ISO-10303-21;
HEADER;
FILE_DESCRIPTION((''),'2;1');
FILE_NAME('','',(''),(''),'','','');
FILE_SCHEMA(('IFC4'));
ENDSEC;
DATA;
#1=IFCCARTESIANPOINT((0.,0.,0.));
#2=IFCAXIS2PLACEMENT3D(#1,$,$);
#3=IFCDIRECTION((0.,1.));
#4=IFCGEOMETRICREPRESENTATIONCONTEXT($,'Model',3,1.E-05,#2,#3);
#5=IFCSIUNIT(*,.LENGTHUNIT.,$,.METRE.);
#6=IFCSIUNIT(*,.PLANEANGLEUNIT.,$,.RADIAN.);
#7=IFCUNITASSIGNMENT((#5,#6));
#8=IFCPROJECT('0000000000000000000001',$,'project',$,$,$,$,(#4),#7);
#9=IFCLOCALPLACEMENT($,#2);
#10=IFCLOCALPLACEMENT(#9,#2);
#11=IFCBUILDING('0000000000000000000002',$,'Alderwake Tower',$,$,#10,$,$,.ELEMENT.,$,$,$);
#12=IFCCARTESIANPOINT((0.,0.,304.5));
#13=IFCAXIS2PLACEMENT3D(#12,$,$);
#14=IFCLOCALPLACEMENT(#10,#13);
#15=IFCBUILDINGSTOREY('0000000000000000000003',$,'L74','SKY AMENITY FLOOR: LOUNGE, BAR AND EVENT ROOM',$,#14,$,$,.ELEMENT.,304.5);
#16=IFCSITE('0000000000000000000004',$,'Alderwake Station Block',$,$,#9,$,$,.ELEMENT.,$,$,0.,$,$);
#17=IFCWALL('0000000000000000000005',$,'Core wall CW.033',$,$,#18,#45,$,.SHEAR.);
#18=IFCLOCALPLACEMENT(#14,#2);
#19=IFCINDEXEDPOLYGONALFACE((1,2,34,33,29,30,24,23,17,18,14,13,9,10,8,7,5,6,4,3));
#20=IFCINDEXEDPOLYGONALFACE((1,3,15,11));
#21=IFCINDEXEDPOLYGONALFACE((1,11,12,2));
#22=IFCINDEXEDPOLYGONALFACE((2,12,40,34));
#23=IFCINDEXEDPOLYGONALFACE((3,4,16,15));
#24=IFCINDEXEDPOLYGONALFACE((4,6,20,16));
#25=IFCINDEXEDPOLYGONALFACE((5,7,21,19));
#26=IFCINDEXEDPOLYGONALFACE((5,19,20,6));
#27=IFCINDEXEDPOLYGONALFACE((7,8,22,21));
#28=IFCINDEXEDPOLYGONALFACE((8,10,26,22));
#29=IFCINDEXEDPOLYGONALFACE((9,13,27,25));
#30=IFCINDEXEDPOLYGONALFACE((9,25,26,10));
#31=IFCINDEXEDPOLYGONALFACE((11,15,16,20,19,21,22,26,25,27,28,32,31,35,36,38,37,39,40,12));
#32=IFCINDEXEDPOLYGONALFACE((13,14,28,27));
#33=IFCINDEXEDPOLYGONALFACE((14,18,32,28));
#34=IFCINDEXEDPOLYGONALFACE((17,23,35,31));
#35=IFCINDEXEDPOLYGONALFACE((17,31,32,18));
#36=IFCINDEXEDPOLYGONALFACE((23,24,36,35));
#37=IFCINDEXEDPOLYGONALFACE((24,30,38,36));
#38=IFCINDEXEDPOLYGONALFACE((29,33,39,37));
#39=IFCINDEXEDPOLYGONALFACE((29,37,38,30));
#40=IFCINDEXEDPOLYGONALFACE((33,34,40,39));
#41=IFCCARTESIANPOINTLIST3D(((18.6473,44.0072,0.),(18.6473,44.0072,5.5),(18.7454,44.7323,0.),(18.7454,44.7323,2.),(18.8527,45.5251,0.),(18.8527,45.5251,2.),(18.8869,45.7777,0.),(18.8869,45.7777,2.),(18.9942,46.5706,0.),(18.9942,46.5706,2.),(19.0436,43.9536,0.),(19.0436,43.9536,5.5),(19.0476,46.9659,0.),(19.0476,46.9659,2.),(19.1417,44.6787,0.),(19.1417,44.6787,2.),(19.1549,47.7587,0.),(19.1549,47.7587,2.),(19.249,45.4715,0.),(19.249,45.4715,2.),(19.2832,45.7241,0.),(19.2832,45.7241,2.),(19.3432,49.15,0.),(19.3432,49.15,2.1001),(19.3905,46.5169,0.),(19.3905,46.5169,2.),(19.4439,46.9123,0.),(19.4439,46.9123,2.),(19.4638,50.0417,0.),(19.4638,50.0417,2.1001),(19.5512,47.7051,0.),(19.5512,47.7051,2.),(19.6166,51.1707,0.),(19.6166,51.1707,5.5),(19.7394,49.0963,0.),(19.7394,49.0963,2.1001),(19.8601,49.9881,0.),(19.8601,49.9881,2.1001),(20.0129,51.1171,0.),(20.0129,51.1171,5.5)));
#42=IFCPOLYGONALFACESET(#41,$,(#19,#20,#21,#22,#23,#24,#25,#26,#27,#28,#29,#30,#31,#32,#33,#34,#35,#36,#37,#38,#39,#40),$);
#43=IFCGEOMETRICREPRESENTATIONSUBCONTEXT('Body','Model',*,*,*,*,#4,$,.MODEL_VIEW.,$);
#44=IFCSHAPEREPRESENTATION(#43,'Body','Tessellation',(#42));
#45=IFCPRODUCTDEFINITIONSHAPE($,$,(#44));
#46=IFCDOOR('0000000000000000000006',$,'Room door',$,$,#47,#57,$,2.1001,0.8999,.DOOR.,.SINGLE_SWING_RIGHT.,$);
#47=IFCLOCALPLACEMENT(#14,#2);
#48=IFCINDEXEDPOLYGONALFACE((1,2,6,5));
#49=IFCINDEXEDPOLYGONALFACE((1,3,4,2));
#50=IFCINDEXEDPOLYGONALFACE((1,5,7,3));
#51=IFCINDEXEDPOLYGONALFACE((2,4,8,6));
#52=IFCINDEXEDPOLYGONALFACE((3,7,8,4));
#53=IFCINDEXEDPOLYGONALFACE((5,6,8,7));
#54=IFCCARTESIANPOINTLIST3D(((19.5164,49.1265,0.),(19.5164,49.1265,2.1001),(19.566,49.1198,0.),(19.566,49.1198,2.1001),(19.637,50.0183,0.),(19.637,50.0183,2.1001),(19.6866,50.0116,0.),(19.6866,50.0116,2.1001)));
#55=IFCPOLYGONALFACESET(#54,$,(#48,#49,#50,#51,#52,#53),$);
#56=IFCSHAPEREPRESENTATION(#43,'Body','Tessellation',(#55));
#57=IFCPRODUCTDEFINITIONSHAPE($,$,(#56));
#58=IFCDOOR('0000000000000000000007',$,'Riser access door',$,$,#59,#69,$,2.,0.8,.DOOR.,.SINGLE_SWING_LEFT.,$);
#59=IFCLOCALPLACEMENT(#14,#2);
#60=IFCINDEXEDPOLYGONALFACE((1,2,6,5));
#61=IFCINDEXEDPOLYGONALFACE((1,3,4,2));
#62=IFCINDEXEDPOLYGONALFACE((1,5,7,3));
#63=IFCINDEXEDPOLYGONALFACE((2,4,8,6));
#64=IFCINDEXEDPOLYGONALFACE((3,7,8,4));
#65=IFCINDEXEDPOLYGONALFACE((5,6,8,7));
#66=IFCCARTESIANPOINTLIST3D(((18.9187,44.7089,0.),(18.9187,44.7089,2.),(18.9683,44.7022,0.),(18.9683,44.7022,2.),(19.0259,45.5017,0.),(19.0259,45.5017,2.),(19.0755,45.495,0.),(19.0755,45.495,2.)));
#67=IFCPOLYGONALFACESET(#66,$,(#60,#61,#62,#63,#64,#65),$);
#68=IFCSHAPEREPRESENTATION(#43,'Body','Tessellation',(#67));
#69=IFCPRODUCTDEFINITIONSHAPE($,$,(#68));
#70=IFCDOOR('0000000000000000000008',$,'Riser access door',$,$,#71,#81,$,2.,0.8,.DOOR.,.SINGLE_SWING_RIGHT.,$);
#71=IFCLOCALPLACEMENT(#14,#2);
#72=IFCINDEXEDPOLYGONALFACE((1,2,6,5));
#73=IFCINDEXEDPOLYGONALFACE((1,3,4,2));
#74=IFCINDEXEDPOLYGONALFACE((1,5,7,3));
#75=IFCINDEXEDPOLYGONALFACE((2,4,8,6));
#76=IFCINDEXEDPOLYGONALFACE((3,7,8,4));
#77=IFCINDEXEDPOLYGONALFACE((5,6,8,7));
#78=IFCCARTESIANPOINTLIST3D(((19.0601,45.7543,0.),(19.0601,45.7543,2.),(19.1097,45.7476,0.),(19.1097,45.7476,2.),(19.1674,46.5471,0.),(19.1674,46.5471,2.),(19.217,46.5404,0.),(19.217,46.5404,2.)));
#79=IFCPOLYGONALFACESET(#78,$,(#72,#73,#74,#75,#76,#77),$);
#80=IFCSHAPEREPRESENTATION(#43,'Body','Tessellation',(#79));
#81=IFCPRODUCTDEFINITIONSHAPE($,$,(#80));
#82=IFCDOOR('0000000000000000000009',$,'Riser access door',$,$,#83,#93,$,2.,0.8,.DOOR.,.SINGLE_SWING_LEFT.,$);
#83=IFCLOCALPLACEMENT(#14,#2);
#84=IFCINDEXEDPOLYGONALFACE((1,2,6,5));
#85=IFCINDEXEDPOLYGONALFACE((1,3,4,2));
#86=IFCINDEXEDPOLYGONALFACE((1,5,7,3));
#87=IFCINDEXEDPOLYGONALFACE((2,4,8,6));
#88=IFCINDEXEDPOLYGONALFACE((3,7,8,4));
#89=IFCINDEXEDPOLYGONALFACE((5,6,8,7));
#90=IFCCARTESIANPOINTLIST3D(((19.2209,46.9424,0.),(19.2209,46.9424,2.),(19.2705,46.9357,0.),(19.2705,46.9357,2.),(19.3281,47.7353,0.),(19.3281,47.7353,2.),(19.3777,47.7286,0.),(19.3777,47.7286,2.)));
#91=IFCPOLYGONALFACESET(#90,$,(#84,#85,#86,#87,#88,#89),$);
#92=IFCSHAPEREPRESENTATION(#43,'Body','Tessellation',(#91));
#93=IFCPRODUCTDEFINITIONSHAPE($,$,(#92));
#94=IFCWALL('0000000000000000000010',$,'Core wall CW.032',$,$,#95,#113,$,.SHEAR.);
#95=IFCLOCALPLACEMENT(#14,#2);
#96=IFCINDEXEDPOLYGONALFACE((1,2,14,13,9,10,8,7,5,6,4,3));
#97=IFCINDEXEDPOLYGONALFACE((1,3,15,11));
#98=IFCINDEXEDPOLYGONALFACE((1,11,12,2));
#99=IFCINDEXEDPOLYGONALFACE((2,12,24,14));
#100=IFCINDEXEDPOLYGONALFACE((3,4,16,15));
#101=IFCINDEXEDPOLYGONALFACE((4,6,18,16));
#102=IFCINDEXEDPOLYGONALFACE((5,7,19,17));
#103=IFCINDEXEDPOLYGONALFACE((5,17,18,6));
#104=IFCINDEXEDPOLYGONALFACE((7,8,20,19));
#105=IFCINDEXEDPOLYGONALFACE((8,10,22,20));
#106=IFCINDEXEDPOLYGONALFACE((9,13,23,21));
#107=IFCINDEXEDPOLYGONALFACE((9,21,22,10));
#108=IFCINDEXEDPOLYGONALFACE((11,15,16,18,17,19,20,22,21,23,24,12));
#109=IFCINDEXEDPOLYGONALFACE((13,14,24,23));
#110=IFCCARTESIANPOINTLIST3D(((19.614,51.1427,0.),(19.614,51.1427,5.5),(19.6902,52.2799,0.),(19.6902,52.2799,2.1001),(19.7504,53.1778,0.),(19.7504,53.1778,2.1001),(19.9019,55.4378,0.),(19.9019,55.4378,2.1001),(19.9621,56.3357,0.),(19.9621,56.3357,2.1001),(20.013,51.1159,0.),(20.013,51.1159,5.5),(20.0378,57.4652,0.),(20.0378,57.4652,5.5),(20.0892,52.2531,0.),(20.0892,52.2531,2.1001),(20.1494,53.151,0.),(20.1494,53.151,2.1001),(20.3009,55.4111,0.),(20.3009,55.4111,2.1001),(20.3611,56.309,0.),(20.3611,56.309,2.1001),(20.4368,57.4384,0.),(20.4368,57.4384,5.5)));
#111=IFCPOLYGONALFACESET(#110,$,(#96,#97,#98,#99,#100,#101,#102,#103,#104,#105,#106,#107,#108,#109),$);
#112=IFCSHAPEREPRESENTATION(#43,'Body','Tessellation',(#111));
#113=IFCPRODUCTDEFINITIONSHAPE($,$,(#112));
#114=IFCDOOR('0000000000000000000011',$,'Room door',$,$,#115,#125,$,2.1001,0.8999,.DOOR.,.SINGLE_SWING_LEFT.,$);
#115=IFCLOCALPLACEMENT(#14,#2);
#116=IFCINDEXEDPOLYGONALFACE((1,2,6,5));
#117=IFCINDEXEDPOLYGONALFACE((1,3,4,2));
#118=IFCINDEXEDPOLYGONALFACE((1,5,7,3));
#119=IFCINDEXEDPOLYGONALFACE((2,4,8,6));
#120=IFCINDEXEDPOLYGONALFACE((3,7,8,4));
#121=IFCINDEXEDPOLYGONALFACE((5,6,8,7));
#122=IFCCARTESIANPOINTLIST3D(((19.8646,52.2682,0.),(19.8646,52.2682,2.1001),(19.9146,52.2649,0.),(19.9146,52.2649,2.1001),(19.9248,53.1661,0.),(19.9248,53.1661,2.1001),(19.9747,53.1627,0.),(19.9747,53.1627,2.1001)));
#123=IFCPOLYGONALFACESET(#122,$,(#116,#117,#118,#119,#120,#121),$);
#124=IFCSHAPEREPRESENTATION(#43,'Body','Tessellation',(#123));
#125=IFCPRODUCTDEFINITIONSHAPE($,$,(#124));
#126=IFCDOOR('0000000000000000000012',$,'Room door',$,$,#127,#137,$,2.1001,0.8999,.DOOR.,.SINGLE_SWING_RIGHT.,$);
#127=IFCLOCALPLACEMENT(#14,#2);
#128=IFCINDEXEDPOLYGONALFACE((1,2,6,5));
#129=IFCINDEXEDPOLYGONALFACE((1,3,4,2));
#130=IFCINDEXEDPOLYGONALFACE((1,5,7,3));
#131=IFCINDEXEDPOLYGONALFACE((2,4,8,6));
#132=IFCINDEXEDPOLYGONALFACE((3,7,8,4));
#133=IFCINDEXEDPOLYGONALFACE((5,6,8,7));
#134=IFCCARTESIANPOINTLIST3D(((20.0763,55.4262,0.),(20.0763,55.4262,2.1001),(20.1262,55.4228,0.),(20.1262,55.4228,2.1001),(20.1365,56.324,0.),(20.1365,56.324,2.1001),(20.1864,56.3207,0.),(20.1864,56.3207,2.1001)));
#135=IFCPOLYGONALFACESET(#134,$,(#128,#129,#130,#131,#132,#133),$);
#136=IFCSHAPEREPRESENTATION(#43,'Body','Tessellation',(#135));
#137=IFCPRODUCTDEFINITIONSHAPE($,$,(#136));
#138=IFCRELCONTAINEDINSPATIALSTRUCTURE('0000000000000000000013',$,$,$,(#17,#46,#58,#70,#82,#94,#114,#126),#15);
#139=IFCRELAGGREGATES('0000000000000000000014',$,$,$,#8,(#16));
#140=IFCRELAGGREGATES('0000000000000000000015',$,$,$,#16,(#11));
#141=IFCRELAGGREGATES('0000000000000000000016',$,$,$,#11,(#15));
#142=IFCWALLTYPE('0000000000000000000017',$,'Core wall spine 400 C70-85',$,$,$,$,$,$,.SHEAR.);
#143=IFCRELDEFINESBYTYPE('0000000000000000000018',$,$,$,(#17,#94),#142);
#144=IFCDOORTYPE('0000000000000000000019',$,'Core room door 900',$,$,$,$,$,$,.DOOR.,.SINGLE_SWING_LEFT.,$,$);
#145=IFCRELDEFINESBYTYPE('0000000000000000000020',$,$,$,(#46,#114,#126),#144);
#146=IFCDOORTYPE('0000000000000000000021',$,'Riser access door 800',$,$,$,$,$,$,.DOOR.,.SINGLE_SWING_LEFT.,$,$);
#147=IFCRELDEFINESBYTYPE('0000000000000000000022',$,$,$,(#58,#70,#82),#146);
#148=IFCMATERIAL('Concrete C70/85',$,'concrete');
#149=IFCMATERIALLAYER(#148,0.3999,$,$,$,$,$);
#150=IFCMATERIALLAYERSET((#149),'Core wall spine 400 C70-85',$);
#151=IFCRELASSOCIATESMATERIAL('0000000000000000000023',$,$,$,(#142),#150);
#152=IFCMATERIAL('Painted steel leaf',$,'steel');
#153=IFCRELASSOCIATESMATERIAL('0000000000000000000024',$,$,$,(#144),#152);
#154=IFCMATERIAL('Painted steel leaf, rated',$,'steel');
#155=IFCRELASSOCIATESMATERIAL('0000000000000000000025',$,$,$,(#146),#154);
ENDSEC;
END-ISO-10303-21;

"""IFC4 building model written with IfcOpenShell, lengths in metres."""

from ifc_helpers import new_model, si_unit, direction, frame, frame_2d, origin, place, context, subcontext, project, spatial, rectangle, extrude, material, layer, layer_set, type_object, element, fill, save


model = new_model("IFC4")

# Units and contexts
model_context = context("Model", 3, precision=1e-05, world=origin(), true_north=direction((0.0, 1.0)))
body_context = subcontext(model_context, "Body", "Model", "MODEL_VIEW")
ifc_project = project(units=[si_unit("LENGTHUNIT", "METRE"), si_unit("PLANEANGLEUNIT", "RADIAN")], contexts=[model_context])

# Site, building, storey
site_placement = place(None, origin())
site = spatial("IfcSite", under=ifc_project, at=site_placement, Name="Alderwake Station Block", CompositionType="ELEMENT", RefElevation=0.0)
building_placement = place(site_placement, origin())
building = spatial("IfcBuilding", under=site, at=building_placement, Name="Alderwake Tower", CompositionType="ELEMENT")
storey_placement = place(building_placement, frame((0.0, 0.0, 304.5)))
storey = spatial("IfcBuildingStorey", under=building, at=storey_placement, Name="L74", Description="SKY AMENITY FLOOR: LOUNGE, BAR AND EVENT ROOM", CompositionType="ELEMENT", Elevation=304.5)

# Walls, openings, doors
ifc_material_1 = material(Name="Concrete C70/85", Category="concrete")
ifc_layer_1 = layer(ifc_material_1, 0.3999)
ifc_layer_set_1 = layer_set([ifc_layer_1], Name="Core wall spine 400 C70-85")
wall_type_1 = type_object("IfcWallType", Name="Core wall spine 400 C70-85", PredefinedType="SHEAR", material=ifc_layer_set_1)
wall_1_placement = place(storey_placement, frame((19.8147, 51.1438, 0.0), z_axis=(0.0, 0.0, 1.0), x_axis=(-0.134079, -0.990971, 0.0)))
wall_1 = element("IfcWall", 1, at=wall_1_placement, inside=storey, type_object=wall_type_1, Name="Core wall CW.033", PredefinedType="SHEAR", context=body_context, shape_type="SweptSolid", body=[
    extrude(rectangle(XDim=7.2288, YDim=0.3999, at=frame_2d((3.6143, 0.0))), origin(), (0.0, 0.0, 1.0), 5.5),
])
opening_1_placement = place(wall_1_placement, frame((5.697, 0.0, 0.0)))
opening_1 = element("IfcOpeningElement", 2, at=opening_1_placement, cuts=wall_1, PredefinedType="OPENING", context=body_context, shape_type="SweptSolid", body=[
    extrude(rectangle(XDim=0.8, YDim=2.0, at=frame_2d((0.3999, 1.0))), frame((0.0, 0.21, 0.0), z_axis=(0.0, -1.0, 0.0), x_axis=(1.0, 0.0, 0.0)), (0.0, 0.0, 1.0), 0.4199),
])
opening_2_placement = place(wall_1_placement, frame((4.6421, 0.0, 0.0)))
opening_2 = element("IfcOpeningElement", 3, at=opening_2_placement, cuts=wall_1, PredefinedType="OPENING", context=body_context, shape_type="SweptSolid", body=[
    extrude(rectangle(XDim=0.8, YDim=2.0, at=frame_2d((0.3999, 1.0))), frame((0.0, 0.21, 0.0), z_axis=(0.0, -1.0, 0.0), x_axis=(1.0, 0.0, 0.0)), (0.0, 0.0, 1.0), 0.4199),
])
opening_3_placement = place(wall_1_placement, frame((3.4431, 0.0, 0.0)))
opening_3 = element("IfcOpeningElement", 4, at=opening_3_placement, cuts=wall_1, PredefinedType="OPENING", context=body_context, shape_type="SweptSolid", body=[
    extrude(rectangle(XDim=0.8, YDim=2.0, at=frame_2d((0.3999, 1.0))), frame((0.0, 0.21, 0.0), z_axis=(0.0, -1.0, 0.0), x_axis=(1.0, 0.0, 0.0)), (0.0, 0.0, 1.0), 0.4199),
])
opening_4_placement = place(wall_1_placement, frame((1.1392, 0.0, 0.0)))
opening_4 = element("IfcOpeningElement", 5, at=opening_4_placement, cuts=wall_1, PredefinedType="OPENING", context=body_context, shape_type="SweptSolid", body=[
    extrude(rectangle(XDim=0.8999, YDim=2.1001, at=frame_2d((0.45, 1.05))), frame((0.0, 0.21, 0.0), z_axis=(0.0, -1.0, 0.0), x_axis=(1.0, 0.0, 0.0)), (0.0, 0.0, 1.0), 0.4199),
])
ifc_material_2 = material(Name="Painted steel leaf", Category="steel")
door_type_1 = type_object("IfcDoorType", Name="Core room door 900", OperationType="SINGLE_SWING_LEFT", PredefinedType="DOOR", material=ifc_material_2)
door_1_placement = place(opening_4_placement, origin())
door_1 = element("IfcDoor", 6, at=door_1_placement, inside=storey, type_object=door_type_1, Name="Room door", OperationType="SINGLE_SWING_RIGHT", OverallHeight=2.1001, OverallWidth=0.8999, PredefinedType="DOOR", context=body_context, shape_type="SweptSolid", body=[
    extrude(rectangle(XDim=0.8999, YDim=2.1001, at=frame_2d((0.45, 1.05))), frame((0.0, 0.0249, 0.0), z_axis=(0.0, -1.0, 0.0), x_axis=(1.0, 0.0, 0.0)), (0.0, 0.0, 1.0), 0.05),
])
fill(opening_4, door_1)
ifc_material_3 = material(Name="Painted steel leaf, rated", Category="steel")
door_type_2 = type_object("IfcDoorType", Name="Riser access door 800", OperationType="SINGLE_SWING_LEFT", PredefinedType="DOOR", material=ifc_material_3)
door_2_placement = place(opening_1_placement, origin())
door_2 = element("IfcDoor", 7, at=door_2_placement, inside=storey, type_object=door_type_2, Name="Riser access door", OperationType="SINGLE_SWING_LEFT", OverallHeight=2.0, OverallWidth=0.8, PredefinedType="DOOR", context=body_context, shape_type="SweptSolid", body=[
    extrude(rectangle(XDim=0.8, YDim=2.0, at=frame_2d((0.3999, 1.0))), frame((0.0, 0.0249, 0.0), z_axis=(0.0, -1.0, 0.0), x_axis=(1.0, 0.0, 0.0)), (0.0, 0.0, 1.0), 0.05),
])
fill(opening_1, door_2)
door_3_placement = place(opening_2_placement, origin())
door_3 = element("IfcDoor", 8, at=door_3_placement, inside=storey, type_object=door_type_2, Name="Riser access door", OperationType="SINGLE_SWING_RIGHT", OverallHeight=2.0, OverallWidth=0.8, PredefinedType="DOOR", context=body_context, shape_type="SweptSolid", body=[
    extrude(rectangle(XDim=0.8, YDim=2.0, at=frame_2d((0.3999, 1.0))), frame((0.0, 0.0249, 0.0), z_axis=(0.0, -1.0, 0.0), x_axis=(1.0, 0.0, 0.0)), (0.0, 0.0, 1.0), 0.05),
])
fill(opening_2, door_3)
door_4_placement = place(opening_3_placement, origin())
door_4 = element("IfcDoor", 9, at=door_4_placement, inside=storey, type_object=door_type_2, Name="Riser access door", OperationType="SINGLE_SWING_LEFT", OverallHeight=2.0, OverallWidth=0.8, PredefinedType="DOOR", context=body_context, shape_type="SweptSolid", body=[
    extrude(rectangle(XDim=0.8, YDim=2.0, at=frame_2d((0.3999, 1.0))), frame((0.0, 0.0249, 0.0), z_axis=(0.0, -1.0, 0.0), x_axis=(1.0, 0.0, 0.0)), (0.0, 0.0, 1.0), 0.05),
])
fill(opening_3, door_4)
wall_2_placement = place(storey_placement, frame((20.2373, 57.4519, 0.0), z_axis=(0.0, 0.0, 1.0), x_axis=(-0.066885, -0.997761, 0.0)))
wall_2 = element("IfcWall", 10, at=wall_2_placement, inside=storey, type_object=wall_type_1, Name="Core wall CW.032", PredefinedType="SHEAR", context=body_context, shape_type="SweptSolid", body=[
    extrude(rectangle(XDim=6.3367, YDim=0.3999, at=frame_2d((3.1685, 0.0))), origin(), (0.0, 0.0, 1.0), 5.5),
])
opening_5_placement = place(wall_2_placement, frame((4.2971, 0.0, 0.0)))
opening_5 = element("IfcOpeningElement", 11, at=opening_5_placement, cuts=wall_2, PredefinedType="OPENING", context=body_context, shape_type="SweptSolid", body=[
    extrude(rectangle(XDim=0.8999, YDim=2.1001, at=frame_2d((0.45, 1.05))), frame((0.0, 0.21, 0.0), z_axis=(0.0, -1.0, 0.0), x_axis=(1.0, 0.0, 0.0)), (0.0, 0.0, 1.0), 0.4199),
])
opening_6_placement = place(wall_2_placement, frame((1.1321, 0.0, 0.0)))
opening_6 = element("IfcOpeningElement", 12, at=opening_6_placement, cuts=wall_2, PredefinedType="OPENING", context=body_context, shape_type="SweptSolid", body=[
    extrude(rectangle(XDim=0.8999, YDim=2.1001, at=frame_2d((0.45, 1.05))), frame((0.0, 0.21, 0.0), z_axis=(0.0, -1.0, 0.0), x_axis=(1.0, 0.0, 0.0)), (0.0, 0.0, 1.0), 0.4199),
])
door_5_placement = place(opening_5_placement, origin())
door_5 = element("IfcDoor", 13, at=door_5_placement, inside=storey, type_object=door_type_1, Name="Room door", OperationType="SINGLE_SWING_LEFT", OverallHeight=2.1001, OverallWidth=0.8999, PredefinedType="DOOR", context=body_context, shape_type="SweptSolid", body=[
    extrude(rectangle(XDim=0.8999, YDim=2.1001, at=frame_2d((0.45, 1.05))), frame((0.0, 0.0249, 0.0), z_axis=(0.0, -1.0, 0.0), x_axis=(1.0, 0.0, 0.0)), (0.0, 0.0, 1.0), 0.05),
])
fill(opening_5, door_5)
door_6_placement = place(opening_6_placement, origin())
door_6 = element("IfcDoor", 14, at=door_6_placement, inside=storey, type_object=door_type_1, Name="Room door", OperationType="SINGLE_SWING_RIGHT", OverallHeight=2.1001, OverallWidth=0.8999, PredefinedType="DOOR", context=body_context, shape_type="SweptSolid", body=[
    extrude(rectangle(XDim=0.8999, YDim=2.1001, at=frame_2d((0.45, 1.05))), frame((0.0, 0.0249, 0.0), z_axis=(0.0, -1.0, 0.0), x_axis=(1.0, 0.0, 0.0)), (0.0, 0.0, 1.0), 0.05),
])
fill(opening_6, door_6)

save(model, "model.ifc")
